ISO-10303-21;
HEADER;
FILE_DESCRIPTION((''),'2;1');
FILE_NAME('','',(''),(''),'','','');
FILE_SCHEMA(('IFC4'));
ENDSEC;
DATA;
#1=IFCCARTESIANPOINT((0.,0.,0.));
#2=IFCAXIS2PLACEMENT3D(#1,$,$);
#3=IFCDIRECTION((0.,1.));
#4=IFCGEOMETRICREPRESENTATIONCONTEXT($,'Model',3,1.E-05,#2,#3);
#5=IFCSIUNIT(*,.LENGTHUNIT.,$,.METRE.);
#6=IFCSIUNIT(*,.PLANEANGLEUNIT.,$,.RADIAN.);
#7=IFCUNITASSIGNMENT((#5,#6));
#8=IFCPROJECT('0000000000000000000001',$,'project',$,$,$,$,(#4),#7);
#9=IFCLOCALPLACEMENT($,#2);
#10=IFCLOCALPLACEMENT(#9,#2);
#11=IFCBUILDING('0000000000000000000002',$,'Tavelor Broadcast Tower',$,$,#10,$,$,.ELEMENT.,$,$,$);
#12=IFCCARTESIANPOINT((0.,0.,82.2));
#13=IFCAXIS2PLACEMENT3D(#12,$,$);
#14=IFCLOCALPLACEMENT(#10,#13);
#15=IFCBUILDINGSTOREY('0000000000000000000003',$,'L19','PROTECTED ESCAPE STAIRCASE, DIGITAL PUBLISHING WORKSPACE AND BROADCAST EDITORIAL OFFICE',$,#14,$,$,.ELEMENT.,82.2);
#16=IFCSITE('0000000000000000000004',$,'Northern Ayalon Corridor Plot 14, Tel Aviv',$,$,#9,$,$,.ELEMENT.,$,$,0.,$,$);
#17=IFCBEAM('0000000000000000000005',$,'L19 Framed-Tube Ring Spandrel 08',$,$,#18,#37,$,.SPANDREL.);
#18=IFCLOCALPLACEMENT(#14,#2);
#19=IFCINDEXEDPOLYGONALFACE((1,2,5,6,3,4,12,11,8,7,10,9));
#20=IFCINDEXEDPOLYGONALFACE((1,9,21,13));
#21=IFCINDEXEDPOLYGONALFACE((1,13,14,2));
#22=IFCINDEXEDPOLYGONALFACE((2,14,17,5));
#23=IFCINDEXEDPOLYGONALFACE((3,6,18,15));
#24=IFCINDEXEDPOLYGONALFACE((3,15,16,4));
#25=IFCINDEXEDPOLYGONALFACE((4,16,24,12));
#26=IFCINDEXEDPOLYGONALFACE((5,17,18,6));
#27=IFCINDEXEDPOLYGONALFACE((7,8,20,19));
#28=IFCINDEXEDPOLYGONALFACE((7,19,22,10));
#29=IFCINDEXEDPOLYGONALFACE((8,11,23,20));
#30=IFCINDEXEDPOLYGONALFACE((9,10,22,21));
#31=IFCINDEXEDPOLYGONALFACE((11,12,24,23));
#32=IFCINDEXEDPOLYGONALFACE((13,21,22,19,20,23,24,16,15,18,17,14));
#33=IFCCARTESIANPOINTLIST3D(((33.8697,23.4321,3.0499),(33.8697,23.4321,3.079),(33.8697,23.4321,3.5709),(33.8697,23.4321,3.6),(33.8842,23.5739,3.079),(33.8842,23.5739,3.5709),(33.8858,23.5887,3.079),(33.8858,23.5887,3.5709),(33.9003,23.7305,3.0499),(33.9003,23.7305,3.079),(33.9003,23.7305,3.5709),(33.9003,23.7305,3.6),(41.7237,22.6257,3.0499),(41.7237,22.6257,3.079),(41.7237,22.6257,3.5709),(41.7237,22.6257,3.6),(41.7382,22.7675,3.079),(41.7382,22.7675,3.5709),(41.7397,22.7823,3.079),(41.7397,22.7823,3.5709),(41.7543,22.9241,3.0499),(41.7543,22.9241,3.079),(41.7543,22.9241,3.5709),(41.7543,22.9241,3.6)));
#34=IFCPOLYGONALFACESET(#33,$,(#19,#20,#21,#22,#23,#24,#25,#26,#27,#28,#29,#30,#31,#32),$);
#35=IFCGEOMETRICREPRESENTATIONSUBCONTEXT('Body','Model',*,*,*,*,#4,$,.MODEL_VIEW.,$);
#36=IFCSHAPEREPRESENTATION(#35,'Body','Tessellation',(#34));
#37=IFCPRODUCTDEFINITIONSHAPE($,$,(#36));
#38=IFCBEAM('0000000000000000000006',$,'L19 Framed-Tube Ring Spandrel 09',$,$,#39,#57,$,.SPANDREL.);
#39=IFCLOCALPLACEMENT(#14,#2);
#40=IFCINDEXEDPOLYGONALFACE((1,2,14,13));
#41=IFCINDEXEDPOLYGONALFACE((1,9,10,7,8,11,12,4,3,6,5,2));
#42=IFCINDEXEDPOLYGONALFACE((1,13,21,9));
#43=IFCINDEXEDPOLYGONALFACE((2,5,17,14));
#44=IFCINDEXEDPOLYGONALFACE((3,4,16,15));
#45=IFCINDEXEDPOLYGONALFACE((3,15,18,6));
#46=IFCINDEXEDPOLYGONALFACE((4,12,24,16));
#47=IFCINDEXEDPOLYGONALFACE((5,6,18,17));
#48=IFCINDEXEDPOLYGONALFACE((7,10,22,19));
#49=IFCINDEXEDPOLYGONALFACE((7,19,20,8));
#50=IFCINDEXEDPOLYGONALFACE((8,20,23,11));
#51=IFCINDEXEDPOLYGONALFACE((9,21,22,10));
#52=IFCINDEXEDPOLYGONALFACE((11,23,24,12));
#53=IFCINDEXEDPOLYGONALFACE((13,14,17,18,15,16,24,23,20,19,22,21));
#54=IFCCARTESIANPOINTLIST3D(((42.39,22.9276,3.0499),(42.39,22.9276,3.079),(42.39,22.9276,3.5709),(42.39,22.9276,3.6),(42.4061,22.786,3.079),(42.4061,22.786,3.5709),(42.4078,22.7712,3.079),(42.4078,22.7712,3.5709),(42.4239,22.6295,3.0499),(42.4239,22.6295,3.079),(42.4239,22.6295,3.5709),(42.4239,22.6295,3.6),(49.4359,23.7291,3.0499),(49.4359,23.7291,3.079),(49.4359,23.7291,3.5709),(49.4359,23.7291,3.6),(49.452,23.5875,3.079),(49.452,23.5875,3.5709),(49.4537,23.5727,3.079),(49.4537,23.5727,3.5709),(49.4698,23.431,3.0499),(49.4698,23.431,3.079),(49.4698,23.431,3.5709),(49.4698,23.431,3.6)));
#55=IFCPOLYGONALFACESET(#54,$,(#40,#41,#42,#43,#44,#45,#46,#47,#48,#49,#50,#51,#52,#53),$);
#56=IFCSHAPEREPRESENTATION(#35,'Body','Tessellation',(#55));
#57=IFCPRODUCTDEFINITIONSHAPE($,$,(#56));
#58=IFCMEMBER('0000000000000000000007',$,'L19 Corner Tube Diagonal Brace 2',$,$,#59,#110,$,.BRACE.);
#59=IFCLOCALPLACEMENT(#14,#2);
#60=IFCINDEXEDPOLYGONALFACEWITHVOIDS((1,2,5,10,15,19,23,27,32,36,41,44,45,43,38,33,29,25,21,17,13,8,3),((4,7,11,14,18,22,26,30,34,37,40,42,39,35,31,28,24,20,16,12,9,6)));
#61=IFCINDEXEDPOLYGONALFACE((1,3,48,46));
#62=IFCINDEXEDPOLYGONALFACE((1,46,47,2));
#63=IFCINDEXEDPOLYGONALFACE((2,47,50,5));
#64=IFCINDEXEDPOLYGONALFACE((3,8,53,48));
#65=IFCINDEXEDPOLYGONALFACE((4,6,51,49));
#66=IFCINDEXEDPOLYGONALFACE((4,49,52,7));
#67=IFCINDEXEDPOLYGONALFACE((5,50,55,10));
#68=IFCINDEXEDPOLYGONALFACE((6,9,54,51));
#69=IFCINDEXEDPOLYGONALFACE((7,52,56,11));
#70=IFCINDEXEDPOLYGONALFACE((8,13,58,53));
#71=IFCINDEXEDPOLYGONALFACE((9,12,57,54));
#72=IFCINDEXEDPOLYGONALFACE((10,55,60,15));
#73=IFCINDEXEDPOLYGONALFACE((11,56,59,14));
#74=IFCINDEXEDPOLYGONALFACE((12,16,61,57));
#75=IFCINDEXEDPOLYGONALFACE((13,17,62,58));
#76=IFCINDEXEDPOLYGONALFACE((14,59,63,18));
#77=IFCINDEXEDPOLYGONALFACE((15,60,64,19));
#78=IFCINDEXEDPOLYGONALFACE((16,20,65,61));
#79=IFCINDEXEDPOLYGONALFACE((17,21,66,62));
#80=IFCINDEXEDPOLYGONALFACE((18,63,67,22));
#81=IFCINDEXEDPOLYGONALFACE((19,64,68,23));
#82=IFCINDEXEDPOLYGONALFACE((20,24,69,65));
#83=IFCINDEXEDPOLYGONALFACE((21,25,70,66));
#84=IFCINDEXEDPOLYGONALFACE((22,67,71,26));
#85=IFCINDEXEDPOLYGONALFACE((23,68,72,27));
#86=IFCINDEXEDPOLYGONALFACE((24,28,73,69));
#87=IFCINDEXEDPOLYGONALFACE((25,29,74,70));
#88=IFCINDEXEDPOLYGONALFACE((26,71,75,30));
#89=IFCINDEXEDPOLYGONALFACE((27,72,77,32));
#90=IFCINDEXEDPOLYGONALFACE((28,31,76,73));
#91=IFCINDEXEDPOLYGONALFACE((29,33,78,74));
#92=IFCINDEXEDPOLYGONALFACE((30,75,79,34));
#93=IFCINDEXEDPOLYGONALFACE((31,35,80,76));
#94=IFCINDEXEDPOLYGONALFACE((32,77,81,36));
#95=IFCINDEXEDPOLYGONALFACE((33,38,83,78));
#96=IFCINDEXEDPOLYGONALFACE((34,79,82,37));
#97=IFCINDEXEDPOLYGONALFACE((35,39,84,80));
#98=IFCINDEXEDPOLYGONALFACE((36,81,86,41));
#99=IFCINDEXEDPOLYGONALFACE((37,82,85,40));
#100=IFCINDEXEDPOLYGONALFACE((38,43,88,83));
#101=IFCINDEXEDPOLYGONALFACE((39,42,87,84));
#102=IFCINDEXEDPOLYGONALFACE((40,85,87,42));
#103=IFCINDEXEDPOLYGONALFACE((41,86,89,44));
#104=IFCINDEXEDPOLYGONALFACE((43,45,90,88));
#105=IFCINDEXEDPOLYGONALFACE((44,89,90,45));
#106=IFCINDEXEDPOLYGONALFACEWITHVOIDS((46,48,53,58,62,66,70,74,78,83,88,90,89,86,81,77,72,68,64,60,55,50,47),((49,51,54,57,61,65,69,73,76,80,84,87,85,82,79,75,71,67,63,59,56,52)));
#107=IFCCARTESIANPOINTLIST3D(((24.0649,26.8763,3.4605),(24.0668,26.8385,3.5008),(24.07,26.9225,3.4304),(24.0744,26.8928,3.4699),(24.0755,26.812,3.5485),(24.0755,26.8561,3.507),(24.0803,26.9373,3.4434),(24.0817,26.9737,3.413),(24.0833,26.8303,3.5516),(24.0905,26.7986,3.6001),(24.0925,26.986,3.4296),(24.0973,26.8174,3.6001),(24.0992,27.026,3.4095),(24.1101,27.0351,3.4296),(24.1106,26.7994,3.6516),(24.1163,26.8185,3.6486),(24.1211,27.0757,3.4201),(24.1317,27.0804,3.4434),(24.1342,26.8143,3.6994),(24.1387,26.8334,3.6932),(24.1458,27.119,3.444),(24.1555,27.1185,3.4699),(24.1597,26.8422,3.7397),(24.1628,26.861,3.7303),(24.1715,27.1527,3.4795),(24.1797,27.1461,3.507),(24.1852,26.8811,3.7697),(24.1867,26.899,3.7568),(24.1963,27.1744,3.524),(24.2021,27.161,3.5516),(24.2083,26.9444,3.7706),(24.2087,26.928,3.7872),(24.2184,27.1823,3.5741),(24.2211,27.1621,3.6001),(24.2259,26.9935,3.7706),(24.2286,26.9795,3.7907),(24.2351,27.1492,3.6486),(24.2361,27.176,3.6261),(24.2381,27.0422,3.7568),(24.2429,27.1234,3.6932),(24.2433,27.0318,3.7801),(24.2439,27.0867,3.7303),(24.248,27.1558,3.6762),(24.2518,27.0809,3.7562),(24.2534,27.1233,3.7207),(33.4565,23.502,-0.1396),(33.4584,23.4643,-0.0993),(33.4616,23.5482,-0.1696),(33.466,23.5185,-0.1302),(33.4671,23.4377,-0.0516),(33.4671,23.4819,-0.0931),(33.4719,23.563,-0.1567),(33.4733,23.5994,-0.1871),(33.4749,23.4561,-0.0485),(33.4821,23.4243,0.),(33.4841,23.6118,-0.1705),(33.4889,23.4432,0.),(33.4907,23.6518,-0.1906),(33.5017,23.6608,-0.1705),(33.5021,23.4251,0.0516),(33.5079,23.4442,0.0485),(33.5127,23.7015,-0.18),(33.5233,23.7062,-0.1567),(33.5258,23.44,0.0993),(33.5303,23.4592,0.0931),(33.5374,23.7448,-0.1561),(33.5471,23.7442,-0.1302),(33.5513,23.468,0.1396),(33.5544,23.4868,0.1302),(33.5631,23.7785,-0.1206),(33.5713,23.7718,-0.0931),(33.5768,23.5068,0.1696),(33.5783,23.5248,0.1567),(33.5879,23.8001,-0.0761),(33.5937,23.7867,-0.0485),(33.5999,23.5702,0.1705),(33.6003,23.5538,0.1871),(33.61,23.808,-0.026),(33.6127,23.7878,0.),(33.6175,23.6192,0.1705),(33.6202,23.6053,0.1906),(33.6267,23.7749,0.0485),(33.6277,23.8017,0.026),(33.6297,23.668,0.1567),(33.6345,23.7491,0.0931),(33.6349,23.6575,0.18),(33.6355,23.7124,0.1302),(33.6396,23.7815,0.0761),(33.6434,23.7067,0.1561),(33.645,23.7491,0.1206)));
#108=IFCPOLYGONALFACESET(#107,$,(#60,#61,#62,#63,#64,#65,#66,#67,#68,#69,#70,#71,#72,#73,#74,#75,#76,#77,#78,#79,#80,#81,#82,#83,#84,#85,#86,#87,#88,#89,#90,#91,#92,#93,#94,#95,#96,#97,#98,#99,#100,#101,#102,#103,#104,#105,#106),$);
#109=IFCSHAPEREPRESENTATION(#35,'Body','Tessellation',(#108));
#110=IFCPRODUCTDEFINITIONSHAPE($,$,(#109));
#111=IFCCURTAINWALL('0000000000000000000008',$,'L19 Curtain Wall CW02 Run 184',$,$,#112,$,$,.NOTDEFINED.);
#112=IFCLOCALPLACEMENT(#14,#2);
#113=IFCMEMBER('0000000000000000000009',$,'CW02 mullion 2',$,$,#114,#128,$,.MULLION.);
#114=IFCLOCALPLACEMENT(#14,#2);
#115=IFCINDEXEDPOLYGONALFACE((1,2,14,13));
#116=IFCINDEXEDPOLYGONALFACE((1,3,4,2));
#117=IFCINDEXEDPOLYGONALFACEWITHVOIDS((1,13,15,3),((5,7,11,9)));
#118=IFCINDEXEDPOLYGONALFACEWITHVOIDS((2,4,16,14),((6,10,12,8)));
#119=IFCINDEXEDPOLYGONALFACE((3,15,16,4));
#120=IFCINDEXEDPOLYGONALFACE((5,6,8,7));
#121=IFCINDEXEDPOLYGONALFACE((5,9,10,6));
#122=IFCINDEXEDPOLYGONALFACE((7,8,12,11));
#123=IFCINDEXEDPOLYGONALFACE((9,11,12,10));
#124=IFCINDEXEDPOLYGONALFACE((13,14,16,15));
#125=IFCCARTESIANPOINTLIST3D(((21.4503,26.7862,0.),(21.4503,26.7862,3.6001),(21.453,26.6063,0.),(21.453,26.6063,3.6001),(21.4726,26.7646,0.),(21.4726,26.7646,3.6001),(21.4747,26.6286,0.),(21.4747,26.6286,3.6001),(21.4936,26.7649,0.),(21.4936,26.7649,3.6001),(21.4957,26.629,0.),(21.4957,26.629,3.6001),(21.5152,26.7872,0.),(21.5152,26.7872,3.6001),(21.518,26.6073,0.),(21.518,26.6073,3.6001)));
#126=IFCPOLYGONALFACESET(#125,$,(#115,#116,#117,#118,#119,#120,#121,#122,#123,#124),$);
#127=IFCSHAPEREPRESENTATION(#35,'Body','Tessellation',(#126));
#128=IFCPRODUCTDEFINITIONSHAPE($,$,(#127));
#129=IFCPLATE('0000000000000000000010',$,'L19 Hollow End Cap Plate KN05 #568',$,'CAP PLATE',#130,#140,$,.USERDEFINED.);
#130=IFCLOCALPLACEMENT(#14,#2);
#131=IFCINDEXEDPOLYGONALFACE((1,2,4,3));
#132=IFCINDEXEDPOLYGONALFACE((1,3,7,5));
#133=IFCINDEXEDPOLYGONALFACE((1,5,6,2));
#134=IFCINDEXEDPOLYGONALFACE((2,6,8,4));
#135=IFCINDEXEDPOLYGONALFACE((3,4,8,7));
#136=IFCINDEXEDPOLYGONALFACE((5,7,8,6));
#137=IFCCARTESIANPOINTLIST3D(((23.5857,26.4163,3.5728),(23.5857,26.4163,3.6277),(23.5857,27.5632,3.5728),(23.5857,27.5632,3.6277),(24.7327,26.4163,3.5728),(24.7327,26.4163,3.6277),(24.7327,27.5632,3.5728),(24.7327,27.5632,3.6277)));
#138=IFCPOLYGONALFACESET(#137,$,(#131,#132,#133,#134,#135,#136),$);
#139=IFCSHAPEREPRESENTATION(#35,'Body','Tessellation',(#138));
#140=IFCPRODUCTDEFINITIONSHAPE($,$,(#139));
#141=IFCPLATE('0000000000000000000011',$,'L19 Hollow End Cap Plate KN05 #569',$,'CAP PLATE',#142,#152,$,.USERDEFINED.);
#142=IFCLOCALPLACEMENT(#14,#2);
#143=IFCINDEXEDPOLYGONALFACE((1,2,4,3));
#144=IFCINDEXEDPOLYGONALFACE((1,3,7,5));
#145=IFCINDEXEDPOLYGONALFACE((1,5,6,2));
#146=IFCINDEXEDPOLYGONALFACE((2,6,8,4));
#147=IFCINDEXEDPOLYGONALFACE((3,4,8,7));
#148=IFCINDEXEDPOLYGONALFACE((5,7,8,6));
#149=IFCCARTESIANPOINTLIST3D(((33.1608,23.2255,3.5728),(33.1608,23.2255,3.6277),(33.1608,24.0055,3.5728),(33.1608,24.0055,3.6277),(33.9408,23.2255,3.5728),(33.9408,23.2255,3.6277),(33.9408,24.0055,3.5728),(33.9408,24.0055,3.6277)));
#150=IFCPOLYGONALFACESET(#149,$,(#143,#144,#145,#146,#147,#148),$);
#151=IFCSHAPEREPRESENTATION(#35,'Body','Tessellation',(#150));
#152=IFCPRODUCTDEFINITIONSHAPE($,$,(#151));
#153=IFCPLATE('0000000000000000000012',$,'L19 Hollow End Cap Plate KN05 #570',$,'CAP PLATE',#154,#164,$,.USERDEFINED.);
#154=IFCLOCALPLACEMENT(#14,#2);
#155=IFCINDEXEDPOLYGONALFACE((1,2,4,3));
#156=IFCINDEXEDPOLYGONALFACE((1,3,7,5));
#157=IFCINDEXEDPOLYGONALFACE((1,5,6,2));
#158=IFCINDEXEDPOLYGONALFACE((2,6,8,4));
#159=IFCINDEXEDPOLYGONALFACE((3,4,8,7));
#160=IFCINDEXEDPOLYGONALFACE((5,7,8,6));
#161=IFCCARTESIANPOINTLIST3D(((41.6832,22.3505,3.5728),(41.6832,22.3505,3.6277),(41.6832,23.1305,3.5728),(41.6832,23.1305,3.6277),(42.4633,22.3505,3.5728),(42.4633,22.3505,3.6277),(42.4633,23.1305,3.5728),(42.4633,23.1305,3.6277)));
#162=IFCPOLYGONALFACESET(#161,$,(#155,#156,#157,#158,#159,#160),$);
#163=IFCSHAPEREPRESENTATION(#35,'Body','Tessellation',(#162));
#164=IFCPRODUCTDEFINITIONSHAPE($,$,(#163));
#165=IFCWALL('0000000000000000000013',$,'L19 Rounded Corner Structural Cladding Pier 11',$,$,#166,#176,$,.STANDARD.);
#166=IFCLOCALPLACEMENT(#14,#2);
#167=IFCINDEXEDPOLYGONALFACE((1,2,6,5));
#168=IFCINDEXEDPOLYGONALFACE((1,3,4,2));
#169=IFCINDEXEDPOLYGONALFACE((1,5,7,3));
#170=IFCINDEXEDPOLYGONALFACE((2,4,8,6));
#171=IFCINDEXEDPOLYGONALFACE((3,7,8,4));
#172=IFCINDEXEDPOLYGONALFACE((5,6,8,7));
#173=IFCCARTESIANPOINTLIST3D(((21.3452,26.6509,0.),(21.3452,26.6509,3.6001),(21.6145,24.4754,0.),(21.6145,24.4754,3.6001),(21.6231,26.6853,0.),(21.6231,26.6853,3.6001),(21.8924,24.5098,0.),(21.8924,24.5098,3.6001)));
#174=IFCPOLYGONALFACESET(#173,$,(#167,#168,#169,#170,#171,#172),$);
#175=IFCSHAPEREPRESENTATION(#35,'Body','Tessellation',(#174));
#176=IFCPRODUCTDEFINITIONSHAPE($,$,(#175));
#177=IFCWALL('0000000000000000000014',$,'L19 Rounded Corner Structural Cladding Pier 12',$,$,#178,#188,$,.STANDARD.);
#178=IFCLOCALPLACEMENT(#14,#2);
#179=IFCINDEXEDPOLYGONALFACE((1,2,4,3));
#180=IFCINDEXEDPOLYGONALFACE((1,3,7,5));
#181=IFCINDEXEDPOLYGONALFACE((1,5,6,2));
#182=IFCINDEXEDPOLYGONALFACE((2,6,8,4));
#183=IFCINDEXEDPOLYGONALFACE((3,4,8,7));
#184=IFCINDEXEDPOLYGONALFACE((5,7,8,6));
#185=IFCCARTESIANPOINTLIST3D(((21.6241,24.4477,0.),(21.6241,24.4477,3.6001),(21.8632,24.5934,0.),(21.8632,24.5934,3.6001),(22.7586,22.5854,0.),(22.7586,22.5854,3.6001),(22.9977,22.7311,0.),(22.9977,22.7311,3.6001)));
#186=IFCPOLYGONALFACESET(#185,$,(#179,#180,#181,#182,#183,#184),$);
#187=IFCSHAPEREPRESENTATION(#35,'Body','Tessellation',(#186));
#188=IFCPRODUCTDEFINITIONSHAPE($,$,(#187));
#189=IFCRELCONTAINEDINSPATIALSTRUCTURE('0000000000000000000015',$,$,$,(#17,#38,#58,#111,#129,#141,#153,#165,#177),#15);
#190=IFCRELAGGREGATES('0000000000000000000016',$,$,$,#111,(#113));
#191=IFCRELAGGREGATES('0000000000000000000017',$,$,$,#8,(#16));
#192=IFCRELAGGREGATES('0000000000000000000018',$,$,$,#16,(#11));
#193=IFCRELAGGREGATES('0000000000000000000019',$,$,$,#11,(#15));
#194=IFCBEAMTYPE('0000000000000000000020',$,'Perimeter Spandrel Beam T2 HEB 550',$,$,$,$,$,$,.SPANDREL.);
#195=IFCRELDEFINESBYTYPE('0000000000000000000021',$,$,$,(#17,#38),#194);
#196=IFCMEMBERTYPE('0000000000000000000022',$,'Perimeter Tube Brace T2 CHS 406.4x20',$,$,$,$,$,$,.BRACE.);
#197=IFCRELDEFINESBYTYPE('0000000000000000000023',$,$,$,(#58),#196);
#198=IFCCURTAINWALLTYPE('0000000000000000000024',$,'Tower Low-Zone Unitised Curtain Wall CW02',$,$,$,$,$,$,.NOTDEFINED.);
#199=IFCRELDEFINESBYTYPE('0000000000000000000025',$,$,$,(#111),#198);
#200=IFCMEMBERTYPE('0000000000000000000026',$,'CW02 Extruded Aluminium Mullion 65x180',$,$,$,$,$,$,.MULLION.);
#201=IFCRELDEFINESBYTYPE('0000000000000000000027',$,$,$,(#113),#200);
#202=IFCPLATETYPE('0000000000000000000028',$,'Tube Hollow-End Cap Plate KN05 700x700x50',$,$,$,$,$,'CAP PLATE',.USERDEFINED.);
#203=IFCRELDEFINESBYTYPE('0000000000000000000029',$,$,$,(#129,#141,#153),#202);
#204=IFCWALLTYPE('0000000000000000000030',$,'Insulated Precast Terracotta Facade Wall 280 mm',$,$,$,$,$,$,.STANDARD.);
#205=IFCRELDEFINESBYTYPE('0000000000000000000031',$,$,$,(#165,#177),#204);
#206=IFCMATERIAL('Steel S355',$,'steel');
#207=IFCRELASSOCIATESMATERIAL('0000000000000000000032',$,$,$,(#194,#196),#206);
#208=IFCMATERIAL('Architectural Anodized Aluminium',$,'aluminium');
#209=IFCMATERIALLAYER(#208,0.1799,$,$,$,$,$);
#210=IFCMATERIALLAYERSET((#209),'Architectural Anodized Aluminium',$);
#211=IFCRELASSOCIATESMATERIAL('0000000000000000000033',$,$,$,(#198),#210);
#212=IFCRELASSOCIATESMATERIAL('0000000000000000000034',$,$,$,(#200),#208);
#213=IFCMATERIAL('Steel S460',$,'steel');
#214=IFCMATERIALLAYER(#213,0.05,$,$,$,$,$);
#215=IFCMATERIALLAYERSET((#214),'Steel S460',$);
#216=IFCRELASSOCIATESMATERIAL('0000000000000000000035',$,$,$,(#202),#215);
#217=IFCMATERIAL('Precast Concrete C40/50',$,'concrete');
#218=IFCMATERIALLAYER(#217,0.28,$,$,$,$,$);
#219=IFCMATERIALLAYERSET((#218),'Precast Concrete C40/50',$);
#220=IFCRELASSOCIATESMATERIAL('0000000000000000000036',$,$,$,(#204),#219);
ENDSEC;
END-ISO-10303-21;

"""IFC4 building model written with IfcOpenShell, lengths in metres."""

from ifc_helpers import new_model, si_unit, direction, frame, frame_2d, origin, origin_2d, place, context, subcontext, project, spatial, rectangle, hollow_rectangle, hollow_circle, i_section, extrude, source, transform, mapped, material, layer, layer_set, material_profile, profile_set, type_object, type_shapes, element, aggregate, save


model = new_model("IFC4")

# Units and contexts
model_context = context("Model", 3, precision=1e-05, world=origin(), true_north=direction((0.0, 1.0)))
body_context = subcontext(model_context, "Body", "Model", "MODEL_VIEW")
ifc_project = project(units=[si_unit("LENGTHUNIT", "METRE"), si_unit("PLANEANGLEUNIT", "RADIAN")], contexts=[model_context])

# Site, building, storey
site_placement = place(None, origin())
site = spatial("IfcSite", under=ifc_project, at=site_placement, Name="Northern Ayalon Corridor Plot 14, Tel Aviv", CompositionType="ELEMENT", RefElevation=0.0)
building_placement = place(site_placement, origin())
building = spatial("IfcBuilding", under=site, at=building_placement, Name="Tavelor Broadcast Tower", CompositionType="ELEMENT")
storey_placement = place(building_placement, frame((0.0, 0.0, 82.2)))
storey = spatial("IfcBuildingStorey", under=building, at=storey_placement, Name="L19", Description="PROTECTED ESCAPE STAIRCASE, DIGITAL PUBLISHING WORKSPACE AND BROADCAST EDITORIAL OFFICE", CompositionType="ELEMENT", Elevation=82.2)

# Shared definitions
ifc_material_1 = material(Name="Steel S460", Category="steel")

# Beams
ifc_material_2 = material(Name="Steel S355", Category="steel")
ifc_material_profile_1 = material_profile(ifc_material_2, i_section(OverallWidth=0.3, OverallDepth=0.55, WebThickness=0.0149, FlangeThickness=0.0291, at=origin_2d()), Name="HEB 550")
ifc_profile_set_1 = profile_set([ifc_material_profile_1], Name="Steel S355")
beam_type_1 = type_object("IfcBeamType", Name="Perimeter Spandrel Beam T2 HEB 550", PredefinedType="SPANDREL", material=ifc_profile_set_1)
beam_1_placement = place(storey_placement, frame((33.885, 23.5813, 3.325), z_axis=(0.99477, -0.102136, 0.0), x_axis=(0.102136, 0.99477, 0.0)))
element("IfcBeam", 1, at=beam_1_placement, inside=storey, type_object=beam_type_1, Name="L19 Framed-Tube Ring Spandrel 08", PredefinedType="SPANDREL", context=body_context, shape_type="SweptSolid", body=[
    extrude(i_section(OverallWidth=0.3, OverallDepth=0.55, WebThickness=0.0149, FlangeThickness=0.0291, at=origin_2d()), origin(), (0.0, 0.0, 1.0), 7.8953),
])
beam_2_placement = place(storey_placement, frame((42.407, 22.7786, 3.325), z_axis=(0.993592, 0.113027, 0.0), x_axis=(-0.113027, 0.993592, 0.0)))
element("IfcBeam", 2, at=beam_2_placement, inside=storey, type_object=beam_type_1, Name="L19 Framed-Tube Ring Spandrel 09", PredefinedType="SPANDREL", context=body_context, shape_type="SweptSolid", body=[
    extrude(i_section(OverallWidth=0.3, OverallDepth=0.55, WebThickness=0.0149, FlangeThickness=0.0291, at=origin_2d()), origin(), (0.0, 0.0, 1.0), 7.0913),
])

# Member
ifc_material_profile_2 = material_profile(ifc_material_2, hollow_circle(Radius=0.2031, WallThickness=0.02, at=origin_2d()), Name="CHS 406.4x20")
ifc_profile_set_2 = profile_set([ifc_material_profile_2], Name="Steel S355")
member_type_1 = type_object("IfcMemberType", Name="Perimeter Tube Brace T2 CHS 406.4x20", PredefinedType="BRACE", material=ifc_profile_set_2)
member_1_placement = place(storey_placement, frame((33.5508, 23.6155, 0.0), z_axis=(-0.885258, 0.31806, 0.339347), x_axis=(-0.338124, -0.941101, 0.0)))
element("IfcMember", 3, at=member_1_placement, inside=storey, type_object=member_type_1, Name="L19 Corner Tube Diagonal Brace 2", PredefinedType="BRACE", context=body_context, shape_type="SweptSolid", body=[
    extrude(hollow_circle(Radius=0.2031, WallThickness=0.02, at=origin_2d()), origin(), (0.0, 0.0, 1.0), 10.6089),
])

# Curtain wall, member
ifc_material_3 = material(Name="Architectural Anodized Aluminium", Category="aluminium")
ifc_layer_1 = layer(ifc_material_3, 0.1799)
ifc_layer_set_1 = layer_set([ifc_layer_1], Name="Architectural Anodized Aluminium")
curtain_wall_type = type_object("IfcCurtainWallType", Name="Tower Low-Zone Unitised Curtain Wall CW02", PredefinedType="NOTDEFINED", material=ifc_layer_set_1)
curtain_wall_placement = place(storey_placement, origin())
curtain_wall = element("IfcCurtainWall", 4, at=curtain_wall_placement, inside=storey, type_object=curtain_wall_type, Name="L19 Curtain Wall CW02 Run 184", PredefinedType="NOTDEFINED")
ifc_material_profile_3 = material_profile(ifc_material_3, hollow_rectangle(XDim=0.0649, YDim=0.1799, WallThickness=0.022, at=origin_2d()), Name="RHS 65x180x22")
ifc_profile_set_3 = profile_set([ifc_material_profile_3], Name="Architectural Anodized Aluminium")
member_type_2 = type_object("IfcMemberType", Name="CW02 Extruded Aluminium Mullion 65x180", PredefinedType="MULLION", material=ifc_profile_set_3)
shared_shape_1 = source(origin(), body_context, "Body", "SweptSolid", [
    extrude(hollow_rectangle(XDim=0.0649, YDim=0.1799, WallThickness=0.022, at=origin_2d()), origin(), (0.0, 0.0, 1.0), 3.6001),
])
type_shapes(member_type_2, [shared_shape_1])
member_2_placement = place(storey_placement, frame((21.4841, 26.6968, 0.0), z_axis=(0.0, 0.0, 1.0), x_axis=(0.999883, 0.015303, 0.0)))
member_2 = element("IfcMember", 5, at=member_2_placement, type_object=member_type_2, Name="CW02 mullion 2", PredefinedType="MULLION", context=body_context, shape_type="MappedRepresentation", body=[
    mapped(shared_shape_1, transform((0.0, 0.0, 0.0), scale=1.0)),
])
aggregate(curtain_wall, [member_2])

# Plates
ifc_layer_2 = layer(ifc_material_1, 0.05)
ifc_layer_set_2 = layer_set([ifc_layer_2], Name="Steel S460")
plate_type = type_object("IfcPlateType", Name="Tube Hollow-End Cap Plate KN05 700x700x50", ElementType="CAP PLATE", PredefinedType="USERDEFINED", material=ifc_layer_set_2)
shared_shape_2 = source(origin(), body_context, "Body", "SweptSolid", [
    extrude(rectangle(XDim=1.147, YDim=1.147, at=origin_2d()), origin(), (0.0, 0.0, 1.0), 0.0549),
])
plate_placement = place(storey_placement, frame((24.1592, 26.9897, 3.5728), z_axis=(0.0, 0.0, 1.0), x_axis=(1.0, 0.0, 0.0)))
element("IfcPlate", 6, at=plate_placement, inside=storey, type_object=plate_type, Name="L19 Hollow End Cap Plate KN05 #568", ObjectType="CAP PLATE", PredefinedType="USERDEFINED", context=body_context, shape_type="MappedRepresentation", body=[
    mapped(shared_shape_2, transform((0.0, 0.0, 0.0), scale=1.0)),
])
shared_shape_3 = source(origin(), body_context, "Body", "SweptSolid", [
    extrude(rectangle(XDim=0.78, YDim=0.78, at=origin_2d()), origin(), (0.0, 0.0, 1.0), 0.0549),
])
type_shapes(plate_type, [shared_shape_2, shared_shape_3])
for number, where, z_axis, x_axis, name in (
    (7, (33.5508, 23.6155, 3.5728), (0.0, 0.0, 1.0), (1.0, 0.0, 0.0), "L19 Hollow End Cap Plate KN05 #569"),
    (8, (42.0732, 22.7405, 3.5728), (0.0, 0.0, 1.0), (1.0, 0.0, 0.0), "L19 Hollow End Cap Plate KN05 #570"),
):
    element("IfcPlate", number, at=place(storey_placement, frame(where, z_axis=z_axis, x_axis=x_axis)), inside=storey, type_object=plate_type, Name=name, ObjectType="CAP PLATE", PredefinedType="USERDEFINED", context=body_context, shape_type="MappedRepresentation", body=[
        mapped(shared_shape_3, transform((0.0, 0.0, 0.0), scale=1.0)),
    ])

# Walls
ifc_material_4 = material(Name="Precast Concrete C40/50", Category="concrete")
ifc_layer_3 = layer(ifc_material_4, 0.28)
ifc_layer_set_3 = layer_set([ifc_layer_3], Name="Precast Concrete C40/50")
wall_type_1 = type_object("IfcWallType", Name="Insulated Precast Terracotta Facade Wall 280 mm", PredefinedType="STANDARD", material=ifc_layer_set_3)
wall_1_placement = place(storey_placement, frame((21.4841, 26.6682, 0.0), z_axis=(0.0, 0.0, 1.0), x_axis=(0.122842, -0.992426, 0.0)))
element("IfcWall", 9, at=wall_1_placement, inside=storey, type_object=wall_type_1, Name="L19 Rounded Corner Structural Cladding Pier 11", PredefinedType="STANDARD", context=body_context, shape_type="SweptSolid", body=[
    extrude(rectangle(XDim=2.1921, YDim=0.28, at=frame_2d((1.0962, 0.0))), origin(), (0.0, 0.0, 1.0), 3.6001),
])
wall_2_placement = place(storey_placement, frame((21.7437, 24.5205, 0.0), z_axis=(0.0, 0.0, 1.0), x_axis=(0.520263, -0.854006, 0.0)))
element("IfcWall", 10, at=wall_2_placement, inside=storey, type_object=wall_type_1, Name="L19 Rounded Corner Structural Cladding Pier 12", PredefinedType="STANDARD", context=body_context, shape_type="SweptSolid", body=[
    extrude(rectangle(XDim=2.1807, YDim=0.28, at=frame_2d((1.0903, 0.0))), origin(), (0.0, 0.0, 1.0), 3.6001),
])

save(model, "model.ifc")
